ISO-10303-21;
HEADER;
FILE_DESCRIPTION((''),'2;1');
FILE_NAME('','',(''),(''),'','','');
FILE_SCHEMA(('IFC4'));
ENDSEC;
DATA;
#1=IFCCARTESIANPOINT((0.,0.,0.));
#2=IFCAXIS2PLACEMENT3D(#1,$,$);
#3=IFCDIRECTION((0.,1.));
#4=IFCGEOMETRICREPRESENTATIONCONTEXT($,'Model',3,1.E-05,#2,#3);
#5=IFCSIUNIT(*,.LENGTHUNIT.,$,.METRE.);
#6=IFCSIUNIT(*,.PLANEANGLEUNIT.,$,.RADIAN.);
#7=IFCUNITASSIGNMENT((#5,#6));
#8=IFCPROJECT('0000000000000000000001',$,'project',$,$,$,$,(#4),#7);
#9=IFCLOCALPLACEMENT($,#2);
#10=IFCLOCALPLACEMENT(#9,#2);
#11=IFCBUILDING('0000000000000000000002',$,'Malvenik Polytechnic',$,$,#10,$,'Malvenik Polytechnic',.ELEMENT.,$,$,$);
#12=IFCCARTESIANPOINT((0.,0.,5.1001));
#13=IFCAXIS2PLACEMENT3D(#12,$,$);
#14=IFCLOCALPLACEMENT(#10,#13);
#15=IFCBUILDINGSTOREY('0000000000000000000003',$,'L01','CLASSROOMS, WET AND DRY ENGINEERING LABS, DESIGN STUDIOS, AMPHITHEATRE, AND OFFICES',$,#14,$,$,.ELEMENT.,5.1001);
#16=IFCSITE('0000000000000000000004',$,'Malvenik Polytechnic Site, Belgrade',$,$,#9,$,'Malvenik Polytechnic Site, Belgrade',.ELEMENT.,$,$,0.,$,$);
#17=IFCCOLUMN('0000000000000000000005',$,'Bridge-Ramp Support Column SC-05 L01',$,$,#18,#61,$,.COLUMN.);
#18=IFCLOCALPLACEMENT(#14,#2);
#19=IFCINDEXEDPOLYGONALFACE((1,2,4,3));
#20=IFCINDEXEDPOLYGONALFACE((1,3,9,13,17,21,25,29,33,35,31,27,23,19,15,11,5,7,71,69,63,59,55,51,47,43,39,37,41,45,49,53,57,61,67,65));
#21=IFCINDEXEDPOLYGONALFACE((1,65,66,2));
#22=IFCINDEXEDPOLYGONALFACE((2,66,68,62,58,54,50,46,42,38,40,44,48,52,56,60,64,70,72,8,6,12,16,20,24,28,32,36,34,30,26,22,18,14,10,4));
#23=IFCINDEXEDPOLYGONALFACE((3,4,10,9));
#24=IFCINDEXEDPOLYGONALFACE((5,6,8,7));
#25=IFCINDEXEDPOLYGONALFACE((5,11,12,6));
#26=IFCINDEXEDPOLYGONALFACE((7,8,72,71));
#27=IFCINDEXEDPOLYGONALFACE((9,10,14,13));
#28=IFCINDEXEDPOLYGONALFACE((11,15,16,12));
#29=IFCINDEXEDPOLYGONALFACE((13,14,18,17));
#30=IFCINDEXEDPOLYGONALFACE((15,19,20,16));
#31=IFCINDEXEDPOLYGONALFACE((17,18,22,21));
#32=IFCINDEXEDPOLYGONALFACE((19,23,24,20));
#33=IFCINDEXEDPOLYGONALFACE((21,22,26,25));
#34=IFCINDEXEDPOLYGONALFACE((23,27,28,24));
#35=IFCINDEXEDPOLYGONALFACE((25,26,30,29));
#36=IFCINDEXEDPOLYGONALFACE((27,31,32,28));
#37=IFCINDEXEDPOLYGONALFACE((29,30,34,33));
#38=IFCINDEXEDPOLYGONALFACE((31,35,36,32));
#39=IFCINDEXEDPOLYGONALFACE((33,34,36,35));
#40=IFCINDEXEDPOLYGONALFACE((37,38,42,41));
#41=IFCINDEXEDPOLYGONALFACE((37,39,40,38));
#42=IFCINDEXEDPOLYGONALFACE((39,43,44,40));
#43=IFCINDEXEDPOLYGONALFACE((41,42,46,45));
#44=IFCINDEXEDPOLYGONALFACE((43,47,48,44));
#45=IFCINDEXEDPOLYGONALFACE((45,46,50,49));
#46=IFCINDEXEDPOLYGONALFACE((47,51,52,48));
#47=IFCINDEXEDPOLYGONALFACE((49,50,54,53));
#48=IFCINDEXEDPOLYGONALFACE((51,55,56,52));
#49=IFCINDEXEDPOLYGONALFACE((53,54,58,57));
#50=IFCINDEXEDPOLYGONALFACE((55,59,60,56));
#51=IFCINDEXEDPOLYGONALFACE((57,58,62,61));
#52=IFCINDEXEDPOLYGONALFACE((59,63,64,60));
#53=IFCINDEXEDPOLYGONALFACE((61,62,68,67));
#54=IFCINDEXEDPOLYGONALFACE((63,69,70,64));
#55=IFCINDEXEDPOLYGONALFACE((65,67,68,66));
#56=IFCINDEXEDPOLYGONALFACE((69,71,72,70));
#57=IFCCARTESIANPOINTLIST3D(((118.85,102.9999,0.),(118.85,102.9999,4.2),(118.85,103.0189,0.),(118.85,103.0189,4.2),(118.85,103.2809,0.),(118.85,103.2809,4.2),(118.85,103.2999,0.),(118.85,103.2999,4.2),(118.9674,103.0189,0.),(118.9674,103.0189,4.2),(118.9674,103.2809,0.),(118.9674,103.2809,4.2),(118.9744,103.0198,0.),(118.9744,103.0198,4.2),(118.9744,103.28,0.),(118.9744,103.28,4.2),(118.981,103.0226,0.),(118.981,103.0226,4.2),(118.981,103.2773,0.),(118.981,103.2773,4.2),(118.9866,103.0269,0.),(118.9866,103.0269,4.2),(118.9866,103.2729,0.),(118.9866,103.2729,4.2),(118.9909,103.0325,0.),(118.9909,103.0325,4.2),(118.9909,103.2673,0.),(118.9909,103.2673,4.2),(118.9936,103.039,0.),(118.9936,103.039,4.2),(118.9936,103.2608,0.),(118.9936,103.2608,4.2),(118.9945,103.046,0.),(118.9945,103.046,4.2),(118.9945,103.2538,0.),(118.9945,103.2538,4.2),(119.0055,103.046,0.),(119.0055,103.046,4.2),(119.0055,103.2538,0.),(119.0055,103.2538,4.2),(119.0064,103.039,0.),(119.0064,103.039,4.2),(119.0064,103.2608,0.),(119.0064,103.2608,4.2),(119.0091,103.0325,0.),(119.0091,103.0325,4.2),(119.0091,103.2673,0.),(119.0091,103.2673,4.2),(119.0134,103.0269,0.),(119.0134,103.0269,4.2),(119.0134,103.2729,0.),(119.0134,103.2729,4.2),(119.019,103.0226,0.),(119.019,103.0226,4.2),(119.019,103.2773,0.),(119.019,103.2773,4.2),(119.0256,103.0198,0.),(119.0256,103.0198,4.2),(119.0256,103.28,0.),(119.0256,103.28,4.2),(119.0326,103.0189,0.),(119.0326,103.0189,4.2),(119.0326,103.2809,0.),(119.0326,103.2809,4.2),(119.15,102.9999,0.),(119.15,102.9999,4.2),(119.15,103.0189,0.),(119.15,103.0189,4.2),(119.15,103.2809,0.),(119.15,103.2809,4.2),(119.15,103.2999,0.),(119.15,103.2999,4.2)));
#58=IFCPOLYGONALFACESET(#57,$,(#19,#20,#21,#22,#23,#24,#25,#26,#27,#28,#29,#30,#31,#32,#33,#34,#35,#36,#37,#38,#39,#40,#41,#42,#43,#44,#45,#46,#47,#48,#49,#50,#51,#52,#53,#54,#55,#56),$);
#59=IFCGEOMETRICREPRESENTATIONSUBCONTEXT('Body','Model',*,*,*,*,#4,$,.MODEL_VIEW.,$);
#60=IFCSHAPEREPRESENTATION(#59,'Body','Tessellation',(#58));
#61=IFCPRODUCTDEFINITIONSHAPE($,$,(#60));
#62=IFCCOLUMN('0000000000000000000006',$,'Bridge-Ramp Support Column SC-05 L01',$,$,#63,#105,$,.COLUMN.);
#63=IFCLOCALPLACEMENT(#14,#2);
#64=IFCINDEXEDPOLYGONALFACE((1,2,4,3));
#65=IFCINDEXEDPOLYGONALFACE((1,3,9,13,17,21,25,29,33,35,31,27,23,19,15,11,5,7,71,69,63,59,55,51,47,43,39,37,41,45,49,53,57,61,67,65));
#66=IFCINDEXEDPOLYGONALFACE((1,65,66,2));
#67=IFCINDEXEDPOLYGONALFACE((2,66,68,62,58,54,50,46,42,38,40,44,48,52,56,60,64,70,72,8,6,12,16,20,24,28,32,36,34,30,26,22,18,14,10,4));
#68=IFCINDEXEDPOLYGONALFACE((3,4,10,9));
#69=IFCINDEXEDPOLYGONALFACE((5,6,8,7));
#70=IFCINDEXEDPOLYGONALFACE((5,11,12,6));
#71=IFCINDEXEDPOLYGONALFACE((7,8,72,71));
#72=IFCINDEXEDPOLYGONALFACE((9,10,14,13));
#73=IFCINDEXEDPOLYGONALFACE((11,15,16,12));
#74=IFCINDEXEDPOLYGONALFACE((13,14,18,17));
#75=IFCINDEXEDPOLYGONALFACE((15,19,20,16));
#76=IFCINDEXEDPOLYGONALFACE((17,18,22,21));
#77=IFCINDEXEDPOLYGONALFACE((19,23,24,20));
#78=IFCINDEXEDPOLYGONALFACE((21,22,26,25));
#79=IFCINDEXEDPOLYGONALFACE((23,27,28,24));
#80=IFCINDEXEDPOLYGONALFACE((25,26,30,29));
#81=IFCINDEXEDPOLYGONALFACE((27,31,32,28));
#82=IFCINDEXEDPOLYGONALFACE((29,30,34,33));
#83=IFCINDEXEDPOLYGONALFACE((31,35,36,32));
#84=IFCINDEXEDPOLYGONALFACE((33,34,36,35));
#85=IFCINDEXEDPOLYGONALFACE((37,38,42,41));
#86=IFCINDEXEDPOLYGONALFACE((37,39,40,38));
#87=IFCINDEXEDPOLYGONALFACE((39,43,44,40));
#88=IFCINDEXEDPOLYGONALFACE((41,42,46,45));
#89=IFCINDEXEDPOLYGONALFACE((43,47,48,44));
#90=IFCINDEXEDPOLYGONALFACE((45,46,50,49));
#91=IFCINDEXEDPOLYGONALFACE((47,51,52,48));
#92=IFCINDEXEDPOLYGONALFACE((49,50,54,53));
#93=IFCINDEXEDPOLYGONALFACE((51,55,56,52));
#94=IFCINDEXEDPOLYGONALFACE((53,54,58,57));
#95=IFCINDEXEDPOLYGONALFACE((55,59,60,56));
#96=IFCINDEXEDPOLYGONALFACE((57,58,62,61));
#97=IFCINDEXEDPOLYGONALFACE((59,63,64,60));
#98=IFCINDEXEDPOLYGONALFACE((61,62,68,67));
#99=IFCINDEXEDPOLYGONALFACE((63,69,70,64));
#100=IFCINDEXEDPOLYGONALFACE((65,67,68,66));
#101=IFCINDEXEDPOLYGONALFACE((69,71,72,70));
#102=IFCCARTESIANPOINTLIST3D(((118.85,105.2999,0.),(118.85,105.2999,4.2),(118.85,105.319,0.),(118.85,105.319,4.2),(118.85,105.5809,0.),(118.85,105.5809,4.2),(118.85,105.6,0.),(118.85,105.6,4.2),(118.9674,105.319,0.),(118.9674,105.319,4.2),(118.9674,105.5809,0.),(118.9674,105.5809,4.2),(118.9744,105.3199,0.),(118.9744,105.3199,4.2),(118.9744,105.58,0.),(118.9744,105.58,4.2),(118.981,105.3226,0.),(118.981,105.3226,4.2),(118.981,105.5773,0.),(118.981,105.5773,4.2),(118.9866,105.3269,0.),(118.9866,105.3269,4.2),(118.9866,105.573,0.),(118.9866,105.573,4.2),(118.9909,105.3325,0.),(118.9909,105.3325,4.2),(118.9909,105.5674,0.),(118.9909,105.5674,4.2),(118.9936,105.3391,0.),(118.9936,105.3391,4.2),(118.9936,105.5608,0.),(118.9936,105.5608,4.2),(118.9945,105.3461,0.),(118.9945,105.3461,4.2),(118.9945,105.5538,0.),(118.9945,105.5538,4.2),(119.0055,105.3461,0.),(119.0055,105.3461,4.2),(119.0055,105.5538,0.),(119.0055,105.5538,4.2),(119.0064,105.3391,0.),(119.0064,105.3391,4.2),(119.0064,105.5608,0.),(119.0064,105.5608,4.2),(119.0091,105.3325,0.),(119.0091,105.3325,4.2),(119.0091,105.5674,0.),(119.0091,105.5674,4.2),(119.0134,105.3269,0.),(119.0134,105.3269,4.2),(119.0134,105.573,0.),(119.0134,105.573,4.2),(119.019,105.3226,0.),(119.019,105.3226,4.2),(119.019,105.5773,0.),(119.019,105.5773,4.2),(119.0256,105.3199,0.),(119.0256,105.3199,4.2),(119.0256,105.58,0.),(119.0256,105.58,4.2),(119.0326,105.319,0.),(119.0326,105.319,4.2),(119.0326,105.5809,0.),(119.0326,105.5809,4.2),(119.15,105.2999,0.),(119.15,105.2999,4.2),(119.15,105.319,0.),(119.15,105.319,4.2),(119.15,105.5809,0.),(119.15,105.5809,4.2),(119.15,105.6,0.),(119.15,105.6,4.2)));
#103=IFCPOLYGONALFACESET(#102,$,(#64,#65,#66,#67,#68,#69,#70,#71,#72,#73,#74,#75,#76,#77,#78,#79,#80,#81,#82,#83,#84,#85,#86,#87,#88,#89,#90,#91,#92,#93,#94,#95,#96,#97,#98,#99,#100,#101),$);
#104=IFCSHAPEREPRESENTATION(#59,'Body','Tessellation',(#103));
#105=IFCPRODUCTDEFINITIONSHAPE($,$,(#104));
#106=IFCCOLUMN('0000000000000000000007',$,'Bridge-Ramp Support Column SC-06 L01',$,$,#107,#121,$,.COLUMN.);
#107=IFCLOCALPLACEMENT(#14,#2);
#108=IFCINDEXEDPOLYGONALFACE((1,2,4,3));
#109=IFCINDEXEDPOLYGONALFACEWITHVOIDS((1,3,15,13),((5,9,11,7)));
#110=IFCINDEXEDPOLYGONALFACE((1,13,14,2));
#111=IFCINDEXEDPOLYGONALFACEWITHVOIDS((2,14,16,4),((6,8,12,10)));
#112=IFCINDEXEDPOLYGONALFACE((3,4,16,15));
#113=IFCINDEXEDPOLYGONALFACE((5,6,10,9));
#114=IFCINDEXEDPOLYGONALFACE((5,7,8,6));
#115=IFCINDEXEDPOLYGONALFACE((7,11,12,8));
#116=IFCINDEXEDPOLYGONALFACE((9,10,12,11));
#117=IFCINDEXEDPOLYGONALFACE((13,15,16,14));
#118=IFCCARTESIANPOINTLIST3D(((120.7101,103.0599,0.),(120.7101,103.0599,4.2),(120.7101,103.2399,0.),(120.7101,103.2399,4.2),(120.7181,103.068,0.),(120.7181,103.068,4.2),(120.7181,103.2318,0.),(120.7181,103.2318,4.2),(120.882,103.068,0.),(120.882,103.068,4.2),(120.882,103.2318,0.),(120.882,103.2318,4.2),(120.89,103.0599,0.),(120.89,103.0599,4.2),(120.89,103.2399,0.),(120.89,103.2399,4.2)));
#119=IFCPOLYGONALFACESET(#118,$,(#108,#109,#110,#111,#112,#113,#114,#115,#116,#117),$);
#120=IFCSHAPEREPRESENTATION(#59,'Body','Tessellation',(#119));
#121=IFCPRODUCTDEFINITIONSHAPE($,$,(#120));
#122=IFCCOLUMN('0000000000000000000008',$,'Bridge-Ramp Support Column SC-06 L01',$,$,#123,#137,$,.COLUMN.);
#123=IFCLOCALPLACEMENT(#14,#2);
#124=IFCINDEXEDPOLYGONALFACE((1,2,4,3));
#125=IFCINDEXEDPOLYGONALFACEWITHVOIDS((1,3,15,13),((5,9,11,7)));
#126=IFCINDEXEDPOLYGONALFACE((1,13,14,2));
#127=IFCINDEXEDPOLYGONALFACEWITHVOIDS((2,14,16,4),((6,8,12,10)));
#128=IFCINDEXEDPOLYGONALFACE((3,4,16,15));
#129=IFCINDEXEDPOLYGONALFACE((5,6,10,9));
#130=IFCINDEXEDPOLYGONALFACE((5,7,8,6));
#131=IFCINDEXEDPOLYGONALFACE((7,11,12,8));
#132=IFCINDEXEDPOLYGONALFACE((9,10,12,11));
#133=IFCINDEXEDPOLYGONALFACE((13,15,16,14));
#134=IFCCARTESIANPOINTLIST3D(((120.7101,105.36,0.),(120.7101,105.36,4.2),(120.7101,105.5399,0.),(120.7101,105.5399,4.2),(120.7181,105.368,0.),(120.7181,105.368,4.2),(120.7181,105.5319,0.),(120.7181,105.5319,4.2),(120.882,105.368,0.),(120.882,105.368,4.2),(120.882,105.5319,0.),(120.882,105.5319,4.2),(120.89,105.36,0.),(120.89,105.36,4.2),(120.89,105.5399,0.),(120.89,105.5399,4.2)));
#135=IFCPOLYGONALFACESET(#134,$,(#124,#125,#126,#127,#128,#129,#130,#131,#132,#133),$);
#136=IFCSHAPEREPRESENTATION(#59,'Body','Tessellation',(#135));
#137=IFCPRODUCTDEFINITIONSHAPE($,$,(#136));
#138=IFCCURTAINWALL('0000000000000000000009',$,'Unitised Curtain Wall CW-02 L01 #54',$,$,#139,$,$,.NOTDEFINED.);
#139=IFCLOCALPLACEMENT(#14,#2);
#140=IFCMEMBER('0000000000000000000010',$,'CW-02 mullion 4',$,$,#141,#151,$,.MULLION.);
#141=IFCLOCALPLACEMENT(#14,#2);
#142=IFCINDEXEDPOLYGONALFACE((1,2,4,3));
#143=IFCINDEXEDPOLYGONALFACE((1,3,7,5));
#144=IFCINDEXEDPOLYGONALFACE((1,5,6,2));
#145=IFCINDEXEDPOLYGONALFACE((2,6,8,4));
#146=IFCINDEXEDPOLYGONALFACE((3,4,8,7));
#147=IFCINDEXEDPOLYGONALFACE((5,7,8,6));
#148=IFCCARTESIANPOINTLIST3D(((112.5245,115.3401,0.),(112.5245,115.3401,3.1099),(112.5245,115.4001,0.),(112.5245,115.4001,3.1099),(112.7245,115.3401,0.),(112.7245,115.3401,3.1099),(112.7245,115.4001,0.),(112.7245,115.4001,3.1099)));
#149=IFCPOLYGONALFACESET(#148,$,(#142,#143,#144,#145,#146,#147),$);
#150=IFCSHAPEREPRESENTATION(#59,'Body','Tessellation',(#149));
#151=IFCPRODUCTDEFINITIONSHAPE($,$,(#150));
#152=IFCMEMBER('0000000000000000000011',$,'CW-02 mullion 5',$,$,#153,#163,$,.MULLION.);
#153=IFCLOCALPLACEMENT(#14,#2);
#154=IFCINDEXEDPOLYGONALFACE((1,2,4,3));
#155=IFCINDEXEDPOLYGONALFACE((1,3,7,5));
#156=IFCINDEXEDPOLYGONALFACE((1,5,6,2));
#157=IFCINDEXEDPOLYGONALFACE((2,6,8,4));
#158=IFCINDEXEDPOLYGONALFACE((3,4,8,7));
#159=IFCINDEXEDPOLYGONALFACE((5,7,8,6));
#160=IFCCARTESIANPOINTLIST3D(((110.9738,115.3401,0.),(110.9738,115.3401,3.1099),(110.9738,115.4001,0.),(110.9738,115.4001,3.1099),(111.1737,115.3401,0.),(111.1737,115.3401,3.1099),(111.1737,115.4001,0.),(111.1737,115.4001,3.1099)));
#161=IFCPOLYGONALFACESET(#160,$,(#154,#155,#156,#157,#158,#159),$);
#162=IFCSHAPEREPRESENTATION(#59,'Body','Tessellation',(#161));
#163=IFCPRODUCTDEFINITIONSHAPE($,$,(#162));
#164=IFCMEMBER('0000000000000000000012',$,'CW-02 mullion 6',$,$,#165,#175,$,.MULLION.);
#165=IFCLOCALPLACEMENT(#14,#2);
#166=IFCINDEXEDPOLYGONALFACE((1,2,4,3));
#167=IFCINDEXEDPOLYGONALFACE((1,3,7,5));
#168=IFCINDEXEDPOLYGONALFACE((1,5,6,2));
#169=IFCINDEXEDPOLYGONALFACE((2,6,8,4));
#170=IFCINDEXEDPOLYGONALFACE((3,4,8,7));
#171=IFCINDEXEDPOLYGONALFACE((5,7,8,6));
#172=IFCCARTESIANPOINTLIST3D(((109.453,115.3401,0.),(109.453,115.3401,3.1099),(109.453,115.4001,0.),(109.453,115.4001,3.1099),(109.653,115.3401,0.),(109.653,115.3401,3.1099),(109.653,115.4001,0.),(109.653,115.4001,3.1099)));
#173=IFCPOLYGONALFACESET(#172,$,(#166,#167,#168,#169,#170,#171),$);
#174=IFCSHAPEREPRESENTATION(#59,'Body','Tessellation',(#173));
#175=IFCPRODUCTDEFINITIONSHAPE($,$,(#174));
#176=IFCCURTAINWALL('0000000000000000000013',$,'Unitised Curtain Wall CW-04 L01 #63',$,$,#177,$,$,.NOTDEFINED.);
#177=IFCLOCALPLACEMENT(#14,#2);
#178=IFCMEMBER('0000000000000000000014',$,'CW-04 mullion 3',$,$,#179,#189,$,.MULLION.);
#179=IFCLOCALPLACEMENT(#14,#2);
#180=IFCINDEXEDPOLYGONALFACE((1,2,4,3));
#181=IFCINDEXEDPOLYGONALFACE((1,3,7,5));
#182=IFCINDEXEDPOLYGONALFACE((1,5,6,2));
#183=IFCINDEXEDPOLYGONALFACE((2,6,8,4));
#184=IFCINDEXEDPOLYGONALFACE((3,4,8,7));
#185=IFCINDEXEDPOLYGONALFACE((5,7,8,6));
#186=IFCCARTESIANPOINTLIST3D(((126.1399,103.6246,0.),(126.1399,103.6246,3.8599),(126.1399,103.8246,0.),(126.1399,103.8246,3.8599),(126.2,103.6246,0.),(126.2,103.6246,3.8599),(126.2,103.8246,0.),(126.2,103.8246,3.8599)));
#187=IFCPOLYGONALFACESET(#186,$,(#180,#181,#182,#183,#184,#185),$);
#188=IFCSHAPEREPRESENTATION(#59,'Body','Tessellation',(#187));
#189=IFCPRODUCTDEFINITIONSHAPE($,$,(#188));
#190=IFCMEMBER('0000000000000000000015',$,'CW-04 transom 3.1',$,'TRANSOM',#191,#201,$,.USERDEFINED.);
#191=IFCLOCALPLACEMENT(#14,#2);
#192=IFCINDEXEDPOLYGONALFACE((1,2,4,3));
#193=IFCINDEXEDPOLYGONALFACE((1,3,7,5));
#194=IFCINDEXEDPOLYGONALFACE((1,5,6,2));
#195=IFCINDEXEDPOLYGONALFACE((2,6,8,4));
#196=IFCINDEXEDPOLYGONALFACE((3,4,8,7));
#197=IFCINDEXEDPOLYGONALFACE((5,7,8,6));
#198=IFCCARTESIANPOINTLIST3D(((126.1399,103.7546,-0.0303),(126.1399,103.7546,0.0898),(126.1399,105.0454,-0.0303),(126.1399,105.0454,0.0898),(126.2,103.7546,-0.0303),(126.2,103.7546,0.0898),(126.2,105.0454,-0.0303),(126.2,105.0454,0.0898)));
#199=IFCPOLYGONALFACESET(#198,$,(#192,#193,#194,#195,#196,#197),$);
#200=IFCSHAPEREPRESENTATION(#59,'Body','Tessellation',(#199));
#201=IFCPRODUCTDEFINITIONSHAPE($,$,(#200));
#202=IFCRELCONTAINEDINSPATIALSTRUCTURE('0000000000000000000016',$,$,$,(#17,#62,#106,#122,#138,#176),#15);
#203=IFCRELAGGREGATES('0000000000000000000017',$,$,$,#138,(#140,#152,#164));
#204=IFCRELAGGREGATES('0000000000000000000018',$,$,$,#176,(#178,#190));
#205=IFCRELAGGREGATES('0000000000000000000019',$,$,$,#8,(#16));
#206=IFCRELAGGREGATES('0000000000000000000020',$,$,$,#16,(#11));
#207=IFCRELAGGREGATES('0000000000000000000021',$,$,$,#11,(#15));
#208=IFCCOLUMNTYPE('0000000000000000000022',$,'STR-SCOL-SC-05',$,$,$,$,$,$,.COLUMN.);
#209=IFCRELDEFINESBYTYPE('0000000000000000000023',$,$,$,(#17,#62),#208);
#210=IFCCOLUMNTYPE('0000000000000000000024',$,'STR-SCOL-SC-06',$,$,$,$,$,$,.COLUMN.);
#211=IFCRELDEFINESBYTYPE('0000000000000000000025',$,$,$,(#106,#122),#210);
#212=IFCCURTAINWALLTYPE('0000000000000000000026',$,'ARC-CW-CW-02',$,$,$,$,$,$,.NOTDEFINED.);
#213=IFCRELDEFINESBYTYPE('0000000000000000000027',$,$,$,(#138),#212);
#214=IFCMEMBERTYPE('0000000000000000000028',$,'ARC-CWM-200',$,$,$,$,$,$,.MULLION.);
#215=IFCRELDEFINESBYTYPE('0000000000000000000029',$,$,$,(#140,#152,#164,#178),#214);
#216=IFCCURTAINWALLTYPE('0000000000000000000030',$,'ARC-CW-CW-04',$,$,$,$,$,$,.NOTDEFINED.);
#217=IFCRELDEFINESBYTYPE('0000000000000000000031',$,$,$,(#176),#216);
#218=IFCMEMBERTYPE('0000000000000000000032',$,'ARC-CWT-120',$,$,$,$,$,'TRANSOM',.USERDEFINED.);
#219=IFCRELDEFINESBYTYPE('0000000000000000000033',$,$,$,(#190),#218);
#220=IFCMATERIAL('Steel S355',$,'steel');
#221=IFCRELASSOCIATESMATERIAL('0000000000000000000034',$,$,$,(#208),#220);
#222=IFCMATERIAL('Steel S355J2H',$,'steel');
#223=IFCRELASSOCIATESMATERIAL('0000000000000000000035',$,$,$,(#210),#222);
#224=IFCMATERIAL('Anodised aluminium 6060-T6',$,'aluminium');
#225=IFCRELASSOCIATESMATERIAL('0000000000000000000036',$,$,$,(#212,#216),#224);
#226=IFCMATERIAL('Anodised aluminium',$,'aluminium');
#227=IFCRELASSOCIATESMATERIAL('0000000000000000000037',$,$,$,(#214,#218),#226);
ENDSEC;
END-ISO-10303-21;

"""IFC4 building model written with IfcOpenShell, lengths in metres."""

from ifc_helpers import new_model, si_unit, direction, frame, origin, origin_2d, place, context, subcontext, project, spatial, rectangle, hollow_rectangle, i_section, extrude, material, material_profile, profile_set, type_object, element, aggregate, save


model = new_model("IFC4")

# Units and contexts
model_context = context("Model", 3, precision=1e-05, world=origin(), true_north=direction((0.0, 1.0)))
body_context = subcontext(model_context, "Body", "Model", "MODEL_VIEW")
ifc_project = project(units=[si_unit("LENGTHUNIT", "METRE"), si_unit("PLANEANGLEUNIT", "RADIAN")], contexts=[model_context])

# Site, building, storey
site_placement = place(None, origin())
site = spatial("IfcSite", under=ifc_project, at=site_placement, Name="Malvenik Polytechnic Site, Belgrade", LongName="Malvenik Polytechnic Site, Belgrade", CompositionType="ELEMENT", RefElevation=0.0)
building_placement = place(site_placement, origin())
building = spatial("IfcBuilding", under=site, at=building_placement, Name="Malvenik Polytechnic", LongName="Malvenik Polytechnic", CompositionType="ELEMENT")
storey_placement = place(building_placement, frame((0.0, 0.0, 5.1001)))
storey = spatial("IfcBuildingStorey", under=building, at=storey_placement, Name="L01", Description="CLASSROOMS, WET AND DRY ENGINEERING LABS, DESIGN STUDIOS, AMPHITHEATRE, AND OFFICES", CompositionType="ELEMENT", Elevation=5.1001)

# Columns
ifc_material_1 = material(Name="Steel S355J2H", Category="steel")
ifc_material_2 = material(Name="Steel S355", Category="steel")
ifc_material_profile_1 = material_profile(ifc_material_2, i_section(OverallWidth=0.3, OverallDepth=0.3, WebThickness=0.011, FlangeThickness=0.019, FilletRadius=0.0271, at=origin_2d()), Name="HEB 300")
ifc_profile_set_1 = profile_set([ifc_material_profile_1], Name="Steel S355")
column_type_1 = type_object("IfcColumnType", Name="STR-SCOL-SC-05", PredefinedType="COLUMN", material=ifc_profile_set_1)
for number, where, z_axis, x_axis, name in (
    (1, (119.0, 103.1499, 0.0), (0.0, 0.0, 1.0), (1.0, 0.0, 0.0), "Bridge-Ramp Support Column SC-05 L01"),
    (2, (119.0, 105.45, 0.0), (0.0, 0.0, 1.0), (1.0, 0.0, 0.0), "Bridge-Ramp Support Column SC-05 L01"),
):
    element("IfcColumn", number, at=place(storey_placement, frame(where, z_axis=z_axis, x_axis=x_axis)), inside=storey, type_object=column_type_1, Name=name, PredefinedType="COLUMN", context=body_context, shape_type="SweptSolid", body=[
        extrude(i_section(OverallWidth=0.3, OverallDepth=0.3, WebThickness=0.011, FlangeThickness=0.019, FilletRadius=0.0271, at=origin_2d()), origin(), (0.0, 0.0, 1.0), 4.2),
    ])
ifc_material_profile_2 = material_profile(ifc_material_1, hollow_rectangle(XDim=0.1799, YDim=0.1799, WallThickness=0.0081, at=origin_2d()), Name="SHS 180x180x8.0")
ifc_profile_set_2 = profile_set([ifc_material_profile_2], Name="Steel S355J2H")
column_type_2 = type_object("IfcColumnType", Name="STR-SCOL-SC-06", PredefinedType="COLUMN", material=ifc_profile_set_2)
for number, where, z_axis, x_axis, name in (
    (3, (120.8, 103.1499, 0.0), (0.0, 0.0, 1.0), (1.0, 0.0, 0.0), "Bridge-Ramp Support Column SC-06 L01"),
    (4, (120.8, 105.45, 0.0), (0.0, 0.0, 1.0), (1.0, 0.0, 0.0), "Bridge-Ramp Support Column SC-06 L01"),
):
    element("IfcColumn", number, at=place(storey_placement, frame(where, z_axis=z_axis, x_axis=x_axis)), inside=storey, type_object=column_type_2, Name=name, PredefinedType="COLUMN", context=body_context, shape_type="SweptSolid", body=[
        extrude(hollow_rectangle(XDim=0.1799, YDim=0.1799, WallThickness=0.0081, at=origin_2d()), origin(), (0.0, 0.0, 1.0), 4.2),
    ])

# Curtain walls, members
ifc_material_3 = material(Name="Anodised aluminium 6060-T6", Category="aluminium")
curtain_wall_type_1 = type_object("IfcCurtainWallType", Name="ARC-CW-CW-02", PredefinedType="NOTDEFINED", material=ifc_material_3)
curtain_wall_1_placement = place(storey_placement, origin())
curtain_wall_1 = element("IfcCurtainWall", 5, at=curtain_wall_1_placement, inside=storey, type_object=curtain_wall_type_1, Name="Unitised Curtain Wall CW-02 L01 #54", PredefinedType="NOTDEFINED")
ifc_material_4 = material(Name="Anodised aluminium", Category="aluminium")
ifc_material_profile_3 = material_profile(ifc_material_4, rectangle(XDim=0.0601, YDim=0.2, at=origin_2d()), Name="ALU MULLION 60x200")
ifc_profile_set_3 = profile_set([ifc_material_profile_3], Name="Anodised aluminium")
member_type_1 = type_object("IfcMemberType", Name="ARC-CWM-200", PredefinedType="MULLION", material=ifc_profile_set_3)
member_1_placement = place(storey_placement, frame((112.6245, 115.3701, 0.0), z_axis=(0.0, 0.0, 1.0), x_axis=(0.0, -1.0, 0.0)))
member_1 = element("IfcMember", 6, at=member_1_placement, type_object=member_type_1, Name="CW-02 mullion 4", PredefinedType="MULLION", context=body_context, shape_type="SweptSolid", body=[
    extrude(rectangle(XDim=0.0601, YDim=0.2, at=origin_2d()), origin(), (0.0, 0.0, 1.0), 3.1099),
])
member_2_placement = place(storey_placement, frame((111.0737, 115.3701, 0.0), z_axis=(0.0, 0.0, 1.0), x_axis=(0.0, -1.0, 0.0)))
member_2 = element("IfcMember", 7, at=member_2_placement, type_object=member_type_1, Name="CW-02 mullion 5", PredefinedType="MULLION", context=body_context, shape_type="SweptSolid", body=[
    extrude(rectangle(XDim=0.0601, YDim=0.2, at=origin_2d()), origin(), (0.0, 0.0, 1.0), 3.1099),
])
member_3_placement = place(storey_placement, frame((109.553, 115.3701, 0.0), z_axis=(0.0, 0.0, 1.0), x_axis=(0.0, -1.0, 0.0)))
member_3 = element("IfcMember", 8, at=member_3_placement, type_object=member_type_1, Name="CW-02 mullion 6", PredefinedType="MULLION", context=body_context, shape_type="SweptSolid", body=[
    extrude(rectangle(XDim=0.0601, YDim=0.2, at=origin_2d()), origin(), (0.0, 0.0, 1.0), 3.1099),
])
curtain_wall_type_2 = type_object("IfcCurtainWallType", Name="ARC-CW-CW-04", PredefinedType="NOTDEFINED", material=ifc_material_3)
curtain_wall_2_placement = place(storey_placement, origin())
curtain_wall_2 = element("IfcCurtainWall", 9, at=curtain_wall_2_placement, inside=storey, type_object=curtain_wall_type_2, Name="Unitised Curtain Wall CW-04 L01 #63", PredefinedType="NOTDEFINED")
member_4_placement = place(storey_placement, frame((126.1699, 103.7246, 0.0), z_axis=(0.0, 0.0, 1.0), x_axis=(-1.0, 0.0, 0.0)))
member_4 = element("IfcMember", 10, at=member_4_placement, type_object=member_type_1, Name="CW-04 mullion 3", PredefinedType="MULLION", context=body_context, shape_type="SweptSolid", body=[
    extrude(rectangle(XDim=0.0601, YDim=0.2, at=origin_2d()), origin(), (0.0, 0.0, 1.0), 3.8599),
])
ifc_material_profile_4 = material_profile(ifc_material_4, rectangle(XDim=0.0601, YDim=0.1201, at=origin_2d()), Name="ALU TRANSOM 60x120")
ifc_profile_set_4 = profile_set([ifc_material_profile_4], Name="Anodised aluminium")
member_type_2 = type_object("IfcMemberType", Name="ARC-CWT-120", ElementType="TRANSOM", PredefinedType="USERDEFINED", material=ifc_profile_set_4)
member_5_placement = place(storey_placement, frame((126.1699, 103.7546, 0.0298), z_axis=(0.0, 1.0, 0.0), x_axis=(-1.0, 0.0, 0.0)))
member_5 = element("IfcMember", 11, at=member_5_placement, type_object=member_type_2, Name="CW-04 transom 3.1", ObjectType="TRANSOM", PredefinedType="USERDEFINED", context=body_context, shape_type="SweptSolid", body=[
    extrude(rectangle(XDim=0.0601, YDim=0.1201, at=origin_2d()), origin(), (0.0, 0.0, 1.0), 1.2908),
])

aggregate(curtain_wall_1, [member_1, member_2, member_3])
aggregate(curtain_wall_2, [member_4, member_5])

save(model, "model.ifc")
